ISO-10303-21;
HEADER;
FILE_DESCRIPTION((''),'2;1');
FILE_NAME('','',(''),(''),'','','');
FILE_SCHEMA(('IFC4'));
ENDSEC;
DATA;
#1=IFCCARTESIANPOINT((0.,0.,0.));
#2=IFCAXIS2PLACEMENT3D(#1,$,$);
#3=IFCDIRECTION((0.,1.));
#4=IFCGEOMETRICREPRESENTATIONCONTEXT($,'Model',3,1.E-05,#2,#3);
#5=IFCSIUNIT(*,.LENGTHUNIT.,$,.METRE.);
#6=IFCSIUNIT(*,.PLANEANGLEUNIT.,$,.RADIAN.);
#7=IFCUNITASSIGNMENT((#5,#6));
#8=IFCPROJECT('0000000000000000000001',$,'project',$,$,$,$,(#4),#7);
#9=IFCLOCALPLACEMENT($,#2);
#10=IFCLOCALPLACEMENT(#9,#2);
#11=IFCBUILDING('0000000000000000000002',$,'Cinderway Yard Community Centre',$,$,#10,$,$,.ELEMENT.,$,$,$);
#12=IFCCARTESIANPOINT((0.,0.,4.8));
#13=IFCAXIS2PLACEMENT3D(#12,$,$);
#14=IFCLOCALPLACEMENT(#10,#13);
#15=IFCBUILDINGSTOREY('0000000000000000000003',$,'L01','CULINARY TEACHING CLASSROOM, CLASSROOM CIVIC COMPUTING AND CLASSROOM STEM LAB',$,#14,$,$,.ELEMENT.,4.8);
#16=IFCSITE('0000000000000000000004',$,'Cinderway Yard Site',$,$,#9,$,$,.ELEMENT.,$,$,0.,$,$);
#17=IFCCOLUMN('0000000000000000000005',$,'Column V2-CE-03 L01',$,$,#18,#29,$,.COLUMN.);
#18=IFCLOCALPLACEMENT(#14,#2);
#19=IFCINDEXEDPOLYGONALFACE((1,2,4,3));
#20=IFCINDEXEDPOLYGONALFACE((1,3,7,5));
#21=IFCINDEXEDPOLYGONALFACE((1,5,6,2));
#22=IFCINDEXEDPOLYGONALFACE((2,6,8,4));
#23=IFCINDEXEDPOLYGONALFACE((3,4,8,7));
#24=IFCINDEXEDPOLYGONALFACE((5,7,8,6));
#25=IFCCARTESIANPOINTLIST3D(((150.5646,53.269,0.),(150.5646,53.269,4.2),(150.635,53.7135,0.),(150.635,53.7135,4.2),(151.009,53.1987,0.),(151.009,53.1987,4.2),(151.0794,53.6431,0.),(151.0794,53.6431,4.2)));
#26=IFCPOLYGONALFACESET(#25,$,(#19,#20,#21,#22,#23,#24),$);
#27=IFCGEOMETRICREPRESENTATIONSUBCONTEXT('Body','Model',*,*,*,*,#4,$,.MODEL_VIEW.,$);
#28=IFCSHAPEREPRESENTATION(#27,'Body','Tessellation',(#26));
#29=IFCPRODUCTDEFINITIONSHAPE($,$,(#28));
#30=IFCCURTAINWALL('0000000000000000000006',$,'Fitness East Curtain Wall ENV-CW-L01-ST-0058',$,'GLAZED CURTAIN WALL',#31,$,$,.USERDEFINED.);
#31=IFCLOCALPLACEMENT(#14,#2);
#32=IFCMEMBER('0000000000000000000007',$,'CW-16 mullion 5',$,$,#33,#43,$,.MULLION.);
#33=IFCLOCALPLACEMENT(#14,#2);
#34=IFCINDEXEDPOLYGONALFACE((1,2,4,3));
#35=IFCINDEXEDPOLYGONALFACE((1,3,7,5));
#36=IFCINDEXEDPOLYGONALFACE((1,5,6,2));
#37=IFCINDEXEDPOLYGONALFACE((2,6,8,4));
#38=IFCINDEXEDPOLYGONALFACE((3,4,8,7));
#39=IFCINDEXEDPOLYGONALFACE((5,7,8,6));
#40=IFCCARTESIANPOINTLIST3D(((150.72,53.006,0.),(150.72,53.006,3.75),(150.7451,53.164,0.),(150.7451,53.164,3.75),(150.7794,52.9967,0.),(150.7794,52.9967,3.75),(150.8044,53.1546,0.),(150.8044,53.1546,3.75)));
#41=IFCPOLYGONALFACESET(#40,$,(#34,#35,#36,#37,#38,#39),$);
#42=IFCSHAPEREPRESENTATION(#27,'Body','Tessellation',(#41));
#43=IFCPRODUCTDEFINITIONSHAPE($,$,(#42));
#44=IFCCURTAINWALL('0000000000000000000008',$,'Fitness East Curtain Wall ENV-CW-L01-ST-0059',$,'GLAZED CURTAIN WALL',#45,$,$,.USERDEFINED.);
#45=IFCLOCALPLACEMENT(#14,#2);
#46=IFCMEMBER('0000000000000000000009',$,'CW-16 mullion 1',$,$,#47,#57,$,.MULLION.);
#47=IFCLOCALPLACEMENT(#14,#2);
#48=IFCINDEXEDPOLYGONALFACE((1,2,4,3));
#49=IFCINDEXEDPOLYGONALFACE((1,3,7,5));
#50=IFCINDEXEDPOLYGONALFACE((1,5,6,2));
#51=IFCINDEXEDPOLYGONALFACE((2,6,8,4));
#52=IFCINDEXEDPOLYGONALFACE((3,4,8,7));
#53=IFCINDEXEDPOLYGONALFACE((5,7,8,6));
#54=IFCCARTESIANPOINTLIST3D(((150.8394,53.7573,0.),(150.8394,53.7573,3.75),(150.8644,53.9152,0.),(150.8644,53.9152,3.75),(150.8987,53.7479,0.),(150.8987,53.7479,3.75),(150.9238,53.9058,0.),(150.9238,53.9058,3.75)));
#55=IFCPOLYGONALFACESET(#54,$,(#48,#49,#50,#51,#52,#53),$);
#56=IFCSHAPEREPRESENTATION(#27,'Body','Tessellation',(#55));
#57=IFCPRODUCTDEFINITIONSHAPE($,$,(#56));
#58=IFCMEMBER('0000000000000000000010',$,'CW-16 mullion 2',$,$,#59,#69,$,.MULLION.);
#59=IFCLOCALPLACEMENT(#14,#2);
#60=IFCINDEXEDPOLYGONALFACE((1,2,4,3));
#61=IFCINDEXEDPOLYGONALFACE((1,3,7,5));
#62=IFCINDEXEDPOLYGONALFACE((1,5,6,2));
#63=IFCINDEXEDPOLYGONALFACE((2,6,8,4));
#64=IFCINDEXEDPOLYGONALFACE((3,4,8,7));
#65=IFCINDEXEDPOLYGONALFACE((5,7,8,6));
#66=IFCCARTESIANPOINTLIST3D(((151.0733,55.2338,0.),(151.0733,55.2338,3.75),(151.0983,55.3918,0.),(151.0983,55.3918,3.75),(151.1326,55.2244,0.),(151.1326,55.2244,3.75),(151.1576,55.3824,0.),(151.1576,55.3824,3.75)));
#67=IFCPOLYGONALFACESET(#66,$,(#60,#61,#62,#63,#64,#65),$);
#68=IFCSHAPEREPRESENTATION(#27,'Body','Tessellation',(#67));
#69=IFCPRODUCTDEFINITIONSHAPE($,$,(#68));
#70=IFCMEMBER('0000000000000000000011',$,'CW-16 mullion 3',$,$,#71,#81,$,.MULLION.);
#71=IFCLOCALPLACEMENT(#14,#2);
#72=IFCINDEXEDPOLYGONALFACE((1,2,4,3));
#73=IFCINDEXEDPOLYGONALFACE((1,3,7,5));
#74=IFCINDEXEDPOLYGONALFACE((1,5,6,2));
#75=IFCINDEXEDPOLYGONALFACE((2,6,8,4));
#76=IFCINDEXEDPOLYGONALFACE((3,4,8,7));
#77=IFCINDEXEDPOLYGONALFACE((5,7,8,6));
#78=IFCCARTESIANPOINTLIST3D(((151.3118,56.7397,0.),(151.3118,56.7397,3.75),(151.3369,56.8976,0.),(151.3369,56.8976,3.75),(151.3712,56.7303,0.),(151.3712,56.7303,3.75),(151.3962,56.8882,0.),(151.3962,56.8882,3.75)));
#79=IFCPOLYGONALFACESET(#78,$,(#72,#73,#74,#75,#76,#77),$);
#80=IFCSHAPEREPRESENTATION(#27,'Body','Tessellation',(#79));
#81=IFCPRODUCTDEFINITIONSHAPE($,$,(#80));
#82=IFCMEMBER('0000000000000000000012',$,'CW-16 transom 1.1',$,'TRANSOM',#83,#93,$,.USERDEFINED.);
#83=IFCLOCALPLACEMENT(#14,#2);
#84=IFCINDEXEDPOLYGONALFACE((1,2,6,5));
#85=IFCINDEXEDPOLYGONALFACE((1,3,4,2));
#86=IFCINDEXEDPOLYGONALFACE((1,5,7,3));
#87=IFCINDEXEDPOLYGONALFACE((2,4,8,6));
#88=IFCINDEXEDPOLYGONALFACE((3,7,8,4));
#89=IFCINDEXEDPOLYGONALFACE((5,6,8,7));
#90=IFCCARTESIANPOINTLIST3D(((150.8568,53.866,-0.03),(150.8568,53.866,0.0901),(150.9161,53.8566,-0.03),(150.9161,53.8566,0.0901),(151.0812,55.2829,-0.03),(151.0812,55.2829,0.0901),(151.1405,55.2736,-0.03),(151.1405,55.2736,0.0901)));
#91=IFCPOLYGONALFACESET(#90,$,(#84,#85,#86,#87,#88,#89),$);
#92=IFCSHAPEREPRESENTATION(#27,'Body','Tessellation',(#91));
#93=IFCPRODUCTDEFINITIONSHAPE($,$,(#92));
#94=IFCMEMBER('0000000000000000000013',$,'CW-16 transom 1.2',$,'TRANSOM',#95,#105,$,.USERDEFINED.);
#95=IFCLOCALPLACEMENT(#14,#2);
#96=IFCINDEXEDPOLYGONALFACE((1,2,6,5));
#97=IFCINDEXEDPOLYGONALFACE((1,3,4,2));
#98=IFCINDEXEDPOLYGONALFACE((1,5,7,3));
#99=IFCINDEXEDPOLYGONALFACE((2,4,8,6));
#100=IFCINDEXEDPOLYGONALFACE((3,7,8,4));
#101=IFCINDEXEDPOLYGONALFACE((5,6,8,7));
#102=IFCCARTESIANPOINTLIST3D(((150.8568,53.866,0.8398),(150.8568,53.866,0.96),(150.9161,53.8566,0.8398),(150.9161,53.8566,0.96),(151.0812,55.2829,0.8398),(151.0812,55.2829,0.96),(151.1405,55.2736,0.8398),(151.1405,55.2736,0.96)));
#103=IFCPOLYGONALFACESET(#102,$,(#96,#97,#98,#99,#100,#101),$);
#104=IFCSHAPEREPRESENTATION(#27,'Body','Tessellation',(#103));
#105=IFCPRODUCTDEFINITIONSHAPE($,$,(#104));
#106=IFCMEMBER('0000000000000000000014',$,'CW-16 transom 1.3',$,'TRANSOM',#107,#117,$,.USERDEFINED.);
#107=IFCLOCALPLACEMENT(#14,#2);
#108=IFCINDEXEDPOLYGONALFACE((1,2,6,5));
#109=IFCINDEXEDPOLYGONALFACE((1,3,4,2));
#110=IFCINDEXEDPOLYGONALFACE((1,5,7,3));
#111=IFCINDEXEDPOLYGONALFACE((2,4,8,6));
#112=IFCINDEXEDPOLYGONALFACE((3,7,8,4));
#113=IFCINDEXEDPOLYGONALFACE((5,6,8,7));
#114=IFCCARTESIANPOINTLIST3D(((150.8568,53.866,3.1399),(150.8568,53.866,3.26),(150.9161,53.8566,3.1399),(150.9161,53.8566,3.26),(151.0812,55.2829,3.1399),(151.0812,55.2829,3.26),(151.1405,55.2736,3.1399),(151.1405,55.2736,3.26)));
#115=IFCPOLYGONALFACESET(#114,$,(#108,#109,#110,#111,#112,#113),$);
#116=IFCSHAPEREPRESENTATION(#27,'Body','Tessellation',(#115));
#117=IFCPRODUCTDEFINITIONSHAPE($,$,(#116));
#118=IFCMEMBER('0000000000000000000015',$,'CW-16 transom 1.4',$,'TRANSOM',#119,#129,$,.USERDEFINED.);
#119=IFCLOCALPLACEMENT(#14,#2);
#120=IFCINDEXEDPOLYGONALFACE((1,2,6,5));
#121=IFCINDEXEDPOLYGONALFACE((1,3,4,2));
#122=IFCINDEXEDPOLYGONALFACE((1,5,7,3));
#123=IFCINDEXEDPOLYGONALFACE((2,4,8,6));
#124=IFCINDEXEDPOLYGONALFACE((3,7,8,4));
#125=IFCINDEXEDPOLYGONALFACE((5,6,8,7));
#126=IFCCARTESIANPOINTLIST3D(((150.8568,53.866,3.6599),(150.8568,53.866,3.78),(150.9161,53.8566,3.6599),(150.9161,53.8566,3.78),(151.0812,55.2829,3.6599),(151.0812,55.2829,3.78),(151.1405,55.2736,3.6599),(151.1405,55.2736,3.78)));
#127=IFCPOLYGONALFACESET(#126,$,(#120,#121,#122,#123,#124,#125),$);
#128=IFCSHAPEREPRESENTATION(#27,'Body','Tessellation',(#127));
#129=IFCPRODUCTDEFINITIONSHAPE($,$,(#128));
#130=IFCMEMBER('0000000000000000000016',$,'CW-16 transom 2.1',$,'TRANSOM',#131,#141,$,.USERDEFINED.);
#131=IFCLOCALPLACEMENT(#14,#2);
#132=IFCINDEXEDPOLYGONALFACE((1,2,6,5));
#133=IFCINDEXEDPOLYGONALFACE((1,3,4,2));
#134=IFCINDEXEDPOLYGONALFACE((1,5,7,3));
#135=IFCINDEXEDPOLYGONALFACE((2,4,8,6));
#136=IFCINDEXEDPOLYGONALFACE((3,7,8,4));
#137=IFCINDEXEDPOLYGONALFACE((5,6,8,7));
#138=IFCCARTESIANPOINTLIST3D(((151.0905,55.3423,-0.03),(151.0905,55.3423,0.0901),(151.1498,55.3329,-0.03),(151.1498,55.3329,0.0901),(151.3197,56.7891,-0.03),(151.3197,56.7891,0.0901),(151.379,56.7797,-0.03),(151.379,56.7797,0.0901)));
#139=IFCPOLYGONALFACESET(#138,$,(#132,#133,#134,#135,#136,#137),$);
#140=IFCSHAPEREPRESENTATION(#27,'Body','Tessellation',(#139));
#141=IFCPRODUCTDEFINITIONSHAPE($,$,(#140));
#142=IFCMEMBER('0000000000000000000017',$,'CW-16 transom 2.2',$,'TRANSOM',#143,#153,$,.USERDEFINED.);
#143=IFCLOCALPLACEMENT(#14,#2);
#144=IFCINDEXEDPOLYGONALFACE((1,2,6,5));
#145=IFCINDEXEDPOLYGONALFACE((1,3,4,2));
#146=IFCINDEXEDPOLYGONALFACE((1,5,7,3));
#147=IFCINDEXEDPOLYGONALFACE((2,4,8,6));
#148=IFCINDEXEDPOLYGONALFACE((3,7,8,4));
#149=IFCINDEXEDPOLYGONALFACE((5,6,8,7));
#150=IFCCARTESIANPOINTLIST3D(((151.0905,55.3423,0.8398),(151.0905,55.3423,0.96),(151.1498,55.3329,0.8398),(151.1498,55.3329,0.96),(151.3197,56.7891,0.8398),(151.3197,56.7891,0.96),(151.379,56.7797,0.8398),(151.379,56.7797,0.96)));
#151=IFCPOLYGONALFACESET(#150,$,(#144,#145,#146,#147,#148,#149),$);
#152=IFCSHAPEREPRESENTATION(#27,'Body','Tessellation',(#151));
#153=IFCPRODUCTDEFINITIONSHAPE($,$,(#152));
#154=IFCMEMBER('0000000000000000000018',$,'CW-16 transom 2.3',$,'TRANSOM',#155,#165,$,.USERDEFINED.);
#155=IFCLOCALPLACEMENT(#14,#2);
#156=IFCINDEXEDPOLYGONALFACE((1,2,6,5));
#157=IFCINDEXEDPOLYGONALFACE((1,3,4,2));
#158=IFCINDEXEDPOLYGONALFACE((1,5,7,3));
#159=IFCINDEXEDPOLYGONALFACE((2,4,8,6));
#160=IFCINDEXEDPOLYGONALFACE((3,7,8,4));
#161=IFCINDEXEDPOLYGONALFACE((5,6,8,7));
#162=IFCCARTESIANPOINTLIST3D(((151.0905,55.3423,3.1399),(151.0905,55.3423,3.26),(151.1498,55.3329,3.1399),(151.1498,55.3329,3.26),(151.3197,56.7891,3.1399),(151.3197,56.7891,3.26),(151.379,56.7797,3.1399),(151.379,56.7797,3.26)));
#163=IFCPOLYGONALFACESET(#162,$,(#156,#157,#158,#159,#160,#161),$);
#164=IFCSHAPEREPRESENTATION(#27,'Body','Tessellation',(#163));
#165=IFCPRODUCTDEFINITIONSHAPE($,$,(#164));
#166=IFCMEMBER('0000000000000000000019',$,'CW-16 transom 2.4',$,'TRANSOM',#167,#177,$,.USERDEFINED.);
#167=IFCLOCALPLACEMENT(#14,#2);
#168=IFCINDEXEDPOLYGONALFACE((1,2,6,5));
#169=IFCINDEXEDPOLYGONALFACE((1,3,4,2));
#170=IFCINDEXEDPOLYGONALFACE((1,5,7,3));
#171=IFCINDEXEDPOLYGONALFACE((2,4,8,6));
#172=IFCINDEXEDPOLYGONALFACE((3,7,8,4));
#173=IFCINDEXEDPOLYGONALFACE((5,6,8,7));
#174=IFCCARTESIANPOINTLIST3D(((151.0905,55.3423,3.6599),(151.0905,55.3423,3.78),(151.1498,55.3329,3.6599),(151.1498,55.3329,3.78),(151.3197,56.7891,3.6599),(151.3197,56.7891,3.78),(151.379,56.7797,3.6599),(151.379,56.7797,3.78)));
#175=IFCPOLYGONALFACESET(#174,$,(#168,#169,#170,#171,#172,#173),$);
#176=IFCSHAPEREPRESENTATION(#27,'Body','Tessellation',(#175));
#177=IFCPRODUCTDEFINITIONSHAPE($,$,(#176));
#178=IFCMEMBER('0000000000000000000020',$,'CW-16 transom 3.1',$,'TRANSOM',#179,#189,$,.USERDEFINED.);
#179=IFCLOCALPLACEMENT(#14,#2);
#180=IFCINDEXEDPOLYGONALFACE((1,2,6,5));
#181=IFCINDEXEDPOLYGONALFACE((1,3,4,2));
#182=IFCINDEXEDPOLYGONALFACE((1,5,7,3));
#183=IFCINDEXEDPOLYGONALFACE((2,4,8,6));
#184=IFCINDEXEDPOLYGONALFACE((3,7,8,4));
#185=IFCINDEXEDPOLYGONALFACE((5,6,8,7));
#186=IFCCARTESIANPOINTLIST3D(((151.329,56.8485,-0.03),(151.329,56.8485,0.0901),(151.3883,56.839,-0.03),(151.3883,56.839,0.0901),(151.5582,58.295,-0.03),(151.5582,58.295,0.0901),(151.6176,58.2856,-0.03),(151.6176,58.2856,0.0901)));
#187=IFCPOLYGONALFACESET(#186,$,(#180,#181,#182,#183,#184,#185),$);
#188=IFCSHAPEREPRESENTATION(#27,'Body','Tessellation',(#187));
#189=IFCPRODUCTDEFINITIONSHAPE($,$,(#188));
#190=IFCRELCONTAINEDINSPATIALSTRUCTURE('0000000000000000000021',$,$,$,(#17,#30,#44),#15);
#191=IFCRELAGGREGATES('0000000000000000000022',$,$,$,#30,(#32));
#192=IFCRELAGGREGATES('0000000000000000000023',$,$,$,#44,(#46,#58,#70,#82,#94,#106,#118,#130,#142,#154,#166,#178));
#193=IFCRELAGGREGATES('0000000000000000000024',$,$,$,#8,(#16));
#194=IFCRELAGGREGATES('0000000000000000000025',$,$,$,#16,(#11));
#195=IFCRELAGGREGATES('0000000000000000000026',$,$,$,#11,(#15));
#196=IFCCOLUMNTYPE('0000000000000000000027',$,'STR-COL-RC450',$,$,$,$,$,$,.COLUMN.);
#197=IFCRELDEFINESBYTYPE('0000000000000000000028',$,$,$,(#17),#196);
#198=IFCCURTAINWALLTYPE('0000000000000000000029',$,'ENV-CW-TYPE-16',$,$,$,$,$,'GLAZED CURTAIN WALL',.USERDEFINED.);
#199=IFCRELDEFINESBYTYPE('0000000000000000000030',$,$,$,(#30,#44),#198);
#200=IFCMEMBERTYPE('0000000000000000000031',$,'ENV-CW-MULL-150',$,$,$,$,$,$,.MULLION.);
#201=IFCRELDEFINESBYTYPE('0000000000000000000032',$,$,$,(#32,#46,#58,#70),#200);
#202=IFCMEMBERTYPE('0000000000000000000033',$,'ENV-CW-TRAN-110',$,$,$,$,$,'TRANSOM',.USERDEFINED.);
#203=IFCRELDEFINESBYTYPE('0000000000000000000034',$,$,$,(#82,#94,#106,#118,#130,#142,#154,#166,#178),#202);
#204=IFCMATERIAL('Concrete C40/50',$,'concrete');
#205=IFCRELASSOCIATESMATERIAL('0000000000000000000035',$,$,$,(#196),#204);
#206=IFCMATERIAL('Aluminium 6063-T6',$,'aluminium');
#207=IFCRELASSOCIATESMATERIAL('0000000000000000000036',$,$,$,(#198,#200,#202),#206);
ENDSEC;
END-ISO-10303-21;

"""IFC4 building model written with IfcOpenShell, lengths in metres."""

from ifc_helpers import new_model, si_unit, direction, frame, origin, origin_2d, place, context, subcontext, project, spatial, rectangle, extrude, material, material_profile, profile_set, type_object, element, aggregate, save


model = new_model("IFC4")

# Units and contexts
model_context = context("Model", 3, precision=1e-05, world=origin(), true_north=direction((0.0, 1.0)))
body_context = subcontext(model_context, "Body", "Model", "MODEL_VIEW")
ifc_project = project(units=[si_unit("LENGTHUNIT", "METRE"), si_unit("PLANEANGLEUNIT", "RADIAN")], contexts=[model_context])

# Site, building, storey
site_placement = place(None, origin())
site = spatial("IfcSite", under=ifc_project, at=site_placement, Name="Cinderway Yard Site", CompositionType="ELEMENT", RefElevation=0.0)
building_placement = place(site_placement, origin())
building = spatial("IfcBuilding", under=site, at=building_placement, Name="Cinderway Yard Community Centre", CompositionType="ELEMENT")
storey_placement = place(building_placement, frame((0.0, 0.0, 4.8)))
storey = spatial("IfcBuildingStorey", under=building, at=storey_placement, Name="L01", Description="CULINARY TEACHING CLASSROOM, CLASSROOM CIVIC COMPUTING AND CLASSROOM STEM LAB", CompositionType="ELEMENT", Elevation=4.8)

# Column
ifc_material_1 = material(Name="Concrete C40/50", Category="concrete")
ifc_material_profile_1 = material_profile(ifc_material_1, rectangle(XDim=0.45, YDim=0.45, at=origin_2d()), Name="Concrete C40/50")
ifc_profile_set_1 = profile_set([ifc_material_profile_1], Name="Concrete C40/50")
column_type = type_object("IfcColumnType", Name="STR-COL-RC450", PredefinedType="COLUMN", material=ifc_profile_set_1)
column_placement = place(storey_placement, frame((150.822, 53.4561, 0.0), z_axis=(0.0, 0.0, 1.0), x_axis=(0.987688, -0.156434, 0.0)))
element("IfcColumn", 1, at=column_placement, inside=storey, type_object=column_type, Name="Column V2-CE-03 L01", PredefinedType="COLUMN", context=body_context, shape_type="SweptSolid", body=[
    extrude(rectangle(XDim=0.45, YDim=0.45, at=origin_2d()), origin(), (0.0, 0.0, 1.0), 4.2),
])

# Curtain wall, member
ifc_material_2 = material(Name="Aluminium 6063-T6", Category="aluminium")
curtain_wall_type = type_object("IfcCurtainWallType", Name="ENV-CW-TYPE-16", ElementType="GLAZED CURTAIN WALL", PredefinedType="USERDEFINED", material=ifc_material_2)
curtain_wall_1_placement = place(storey_placement, origin())
curtain_wall_1 = element("IfcCurtainWall", 2, at=curtain_wall_1_placement, inside=storey, type_object=curtain_wall_type, Name="Fitness East Curtain Wall ENV-CW-L01-ST-0058", ObjectType="GLAZED CURTAIN WALL", PredefinedType="USERDEFINED")
ifc_material_profile_2 = material_profile(ifc_material_2, rectangle(XDim=0.0601, YDim=0.1599, at=origin_2d()), Name="Aluminium 6063-T6")
ifc_profile_set_2 = profile_set([ifc_material_profile_2], Name="Aluminium 6063-T6")
member_type_1 = type_object("IfcMemberType", Name="ENV-CW-MULL-150", PredefinedType="MULLION", material=ifc_profile_set_2)
member_1_placement = place(storey_placement, frame((150.7622, 53.0803, 0.0), z_axis=(0.0, 0.0, 1.0), x_axis=(-0.987691, 0.156417, 0.0)))
member_1 = element("IfcMember", 3, at=member_1_placement, type_object=member_type_1, Name="CW-16 mullion 5", PredefinedType="MULLION", context=body_context, shape_type="SweptSolid", body=[
    extrude(rectangle(XDim=0.0601, YDim=0.1599, at=origin_2d()), origin(), (0.0, 0.0, 1.0), 3.75),
])

# Curtain wall, members
curtain_wall_2_placement = place(storey_placement, origin())
curtain_wall_2 = element("IfcCurtainWall", 4, at=curtain_wall_2_placement, inside=storey, type_object=curtain_wall_type, Name="Fitness East Curtain Wall ENV-CW-L01-ST-0059", ObjectType="GLAZED CURTAIN WALL", PredefinedType="USERDEFINED")
member_2_placement = place(storey_placement, frame((150.8816, 53.8315, 0.0), z_axis=(0.0, 0.0, 1.0), x_axis=(-0.987691, 0.156417, 0.0)))
member_2 = element("IfcMember", 5, at=member_2_placement, type_object=member_type_1, Name="CW-16 mullion 1", PredefinedType="MULLION", context=body_context, shape_type="SweptSolid", body=[
    extrude(rectangle(XDim=0.0601, YDim=0.1599, at=origin_2d()), origin(), (0.0, 0.0, 1.0), 3.75),
])
member_3_placement = place(storey_placement, frame((151.1155, 55.3081, 0.0), z_axis=(0.0, 0.0, 1.0), x_axis=(-0.987691, 0.156417, 0.0)))
member_3 = element("IfcMember", 6, at=member_3_placement, type_object=member_type_1, Name="CW-16 mullion 2", PredefinedType="MULLION", context=body_context, shape_type="SweptSolid", body=[
    extrude(rectangle(XDim=0.0601, YDim=0.1599, at=origin_2d()), origin(), (0.0, 0.0, 1.0), 3.75),
])
member_4_placement = place(storey_placement, frame((151.354, 56.814, 0.0), z_axis=(0.0, 0.0, 1.0), x_axis=(-0.987691, 0.156417, 0.0)))
member_4 = element("IfcMember", 7, at=member_4_placement, type_object=member_type_1, Name="CW-16 mullion 3", PredefinedType="MULLION", context=body_context, shape_type="SweptSolid", body=[
    extrude(rectangle(XDim=0.0601, YDim=0.1599, at=origin_2d()), origin(), (0.0, 0.0, 1.0), 3.75),
])
ifc_material_profile_3 = material_profile(ifc_material_2, rectangle(XDim=0.0601, YDim=0.1201, at=origin_2d()), Name="Aluminium 6063-T6")
ifc_profile_set_3 = profile_set([ifc_material_profile_3], Name="Aluminium 6063-T6")
member_type_2 = type_object("IfcMemberType", Name="ENV-CW-TRAN-110", ElementType="TRANSOM", PredefinedType="USERDEFINED", material=ifc_profile_set_3)
member_5_placement = place(storey_placement, frame((150.8865, 53.8613, 0.03), z_axis=(0.156391, 0.987695, 0.0), x_axis=(-0.987695, 0.156391, 0.0)))
member_5 = element("IfcMember", 8, at=member_5_placement, type_object=member_type_2, Name="CW-16 transom 1.1", ObjectType="TRANSOM", PredefinedType="USERDEFINED", context=body_context, shape_type="SweptSolid", body=[
    extrude(rectangle(XDim=0.0601, YDim=0.1201, at=origin_2d()), origin(), (0.0, 0.0, 1.0), 1.4346),
])
member_6_placement = place(storey_placement, frame((150.8865, 53.8613, 0.8999), z_axis=(0.156391, 0.987695, 0.0), x_axis=(-0.987695, 0.156391, 0.0)))
member_6 = element("IfcMember", 9, at=member_6_placement, type_object=member_type_2, Name="CW-16 transom 1.2", ObjectType="TRANSOM", PredefinedType="USERDEFINED", context=body_context, shape_type="SweptSolid", body=[
    extrude(rectangle(XDim=0.0601, YDim=0.1201, at=origin_2d()), origin(), (0.0, 0.0, 1.0), 1.4346),
])
member_7_placement = place(storey_placement, frame((150.8865, 53.8613, 3.2), z_axis=(0.156391, 0.987695, 0.0), x_axis=(-0.987695, 0.156391, 0.0)))
member_7 = element("IfcMember", 10, at=member_7_placement, type_object=member_type_2, Name="CW-16 transom 1.3", ObjectType="TRANSOM", PredefinedType="USERDEFINED", context=body_context, shape_type="SweptSolid", body=[
    extrude(rectangle(XDim=0.0601, YDim=0.1201, at=origin_2d()), origin(), (0.0, 0.0, 1.0), 1.4346),
])
member_8_placement = place(storey_placement, frame((150.8865, 53.8613, 3.72), z_axis=(0.156391, 0.987695, 0.0), x_axis=(-0.987695, 0.156391, 0.0)))
member_8 = element("IfcMember", 11, at=member_8_placement, type_object=member_type_2, Name="CW-16 transom 1.4", ObjectType="TRANSOM", PredefinedType="USERDEFINED", context=body_context, shape_type="SweptSolid", body=[
    extrude(rectangle(XDim=0.0601, YDim=0.1201, at=origin_2d()), origin(), (0.0, 0.0, 1.0), 1.4346),
])
member_9_placement = place(storey_placement, frame((151.1201, 55.3376, 0.03), z_axis=(0.156502, 0.987678, 0.0), x_axis=(-0.987678, 0.156502, 0.0)))
member_9 = element("IfcMember", 12, at=member_9_placement, type_object=member_type_2, Name="CW-16 transom 2.1", ObjectType="TRANSOM", PredefinedType="USERDEFINED", context=body_context, shape_type="SweptSolid", body=[
    extrude(rectangle(XDim=0.0601, YDim=0.1201, at=origin_2d()), origin(), (0.0, 0.0, 1.0), 1.4648),
])
member_10_placement = place(storey_placement, frame((151.1201, 55.3376, 0.8999), z_axis=(0.156502, 0.987678, 0.0), x_axis=(-0.987678, 0.156502, 0.0)))
member_10 = element("IfcMember", 13, at=member_10_placement, type_object=member_type_2, Name="CW-16 transom 2.2", ObjectType="TRANSOM", PredefinedType="USERDEFINED", context=body_context, shape_type="SweptSolid", body=[
    extrude(rectangle(XDim=0.0601, YDim=0.1201, at=origin_2d()), origin(), (0.0, 0.0, 1.0), 1.4648),
])
member_11_placement = place(storey_placement, frame((151.1201, 55.3376, 3.2), z_axis=(0.156502, 0.987678, 0.0), x_axis=(-0.987678, 0.156502, 0.0)))
member_11 = element("IfcMember", 14, at=member_11_placement, type_object=member_type_2, Name="CW-16 transom 2.3", ObjectType="TRANSOM", PredefinedType="USERDEFINED", context=body_context, shape_type="SweptSolid", body=[
    extrude(rectangle(XDim=0.0601, YDim=0.1201, at=origin_2d()), origin(), (0.0, 0.0, 1.0), 1.4648),
])
member_12_placement = place(storey_placement, frame((151.1201, 55.3376, 3.72), z_axis=(0.156502, 0.987678, 0.0), x_axis=(-0.987678, 0.156502, 0.0)))
member_12 = element("IfcMember", 15, at=member_12_placement, type_object=member_type_2, Name="CW-16 transom 2.4", ObjectType="TRANSOM", PredefinedType="USERDEFINED", context=body_context, shape_type="SweptSolid", body=[
    extrude(rectangle(XDim=0.0601, YDim=0.1201, at=origin_2d()), origin(), (0.0, 0.0, 1.0), 1.4648),
])
member_13_placement = place(storey_placement, frame((151.3586, 56.8438, 0.03), z_axis=(0.156528, 0.987674, 0.0), x_axis=(-0.987674, 0.156528, 0.0)))
member_13 = element("IfcMember", 16, at=member_13_placement, type_object=member_type_2, Name="CW-16 transom 3.1", ObjectType="TRANSOM", PredefinedType="USERDEFINED", context=body_context, shape_type="SweptSolid", body=[
    extrude(rectangle(XDim=0.0601, YDim=0.1201, at=origin_2d()), origin(), (0.0, 0.0, 1.0), 1.4646),
])

aggregate(curtain_wall_1, [member_1])
aggregate(curtain_wall_2, [member_2, member_3, member_4, member_5, member_6, member_7, member_8, member_9, member_10, member_11, member_12, member_13])

save(model, "model.ifc")
